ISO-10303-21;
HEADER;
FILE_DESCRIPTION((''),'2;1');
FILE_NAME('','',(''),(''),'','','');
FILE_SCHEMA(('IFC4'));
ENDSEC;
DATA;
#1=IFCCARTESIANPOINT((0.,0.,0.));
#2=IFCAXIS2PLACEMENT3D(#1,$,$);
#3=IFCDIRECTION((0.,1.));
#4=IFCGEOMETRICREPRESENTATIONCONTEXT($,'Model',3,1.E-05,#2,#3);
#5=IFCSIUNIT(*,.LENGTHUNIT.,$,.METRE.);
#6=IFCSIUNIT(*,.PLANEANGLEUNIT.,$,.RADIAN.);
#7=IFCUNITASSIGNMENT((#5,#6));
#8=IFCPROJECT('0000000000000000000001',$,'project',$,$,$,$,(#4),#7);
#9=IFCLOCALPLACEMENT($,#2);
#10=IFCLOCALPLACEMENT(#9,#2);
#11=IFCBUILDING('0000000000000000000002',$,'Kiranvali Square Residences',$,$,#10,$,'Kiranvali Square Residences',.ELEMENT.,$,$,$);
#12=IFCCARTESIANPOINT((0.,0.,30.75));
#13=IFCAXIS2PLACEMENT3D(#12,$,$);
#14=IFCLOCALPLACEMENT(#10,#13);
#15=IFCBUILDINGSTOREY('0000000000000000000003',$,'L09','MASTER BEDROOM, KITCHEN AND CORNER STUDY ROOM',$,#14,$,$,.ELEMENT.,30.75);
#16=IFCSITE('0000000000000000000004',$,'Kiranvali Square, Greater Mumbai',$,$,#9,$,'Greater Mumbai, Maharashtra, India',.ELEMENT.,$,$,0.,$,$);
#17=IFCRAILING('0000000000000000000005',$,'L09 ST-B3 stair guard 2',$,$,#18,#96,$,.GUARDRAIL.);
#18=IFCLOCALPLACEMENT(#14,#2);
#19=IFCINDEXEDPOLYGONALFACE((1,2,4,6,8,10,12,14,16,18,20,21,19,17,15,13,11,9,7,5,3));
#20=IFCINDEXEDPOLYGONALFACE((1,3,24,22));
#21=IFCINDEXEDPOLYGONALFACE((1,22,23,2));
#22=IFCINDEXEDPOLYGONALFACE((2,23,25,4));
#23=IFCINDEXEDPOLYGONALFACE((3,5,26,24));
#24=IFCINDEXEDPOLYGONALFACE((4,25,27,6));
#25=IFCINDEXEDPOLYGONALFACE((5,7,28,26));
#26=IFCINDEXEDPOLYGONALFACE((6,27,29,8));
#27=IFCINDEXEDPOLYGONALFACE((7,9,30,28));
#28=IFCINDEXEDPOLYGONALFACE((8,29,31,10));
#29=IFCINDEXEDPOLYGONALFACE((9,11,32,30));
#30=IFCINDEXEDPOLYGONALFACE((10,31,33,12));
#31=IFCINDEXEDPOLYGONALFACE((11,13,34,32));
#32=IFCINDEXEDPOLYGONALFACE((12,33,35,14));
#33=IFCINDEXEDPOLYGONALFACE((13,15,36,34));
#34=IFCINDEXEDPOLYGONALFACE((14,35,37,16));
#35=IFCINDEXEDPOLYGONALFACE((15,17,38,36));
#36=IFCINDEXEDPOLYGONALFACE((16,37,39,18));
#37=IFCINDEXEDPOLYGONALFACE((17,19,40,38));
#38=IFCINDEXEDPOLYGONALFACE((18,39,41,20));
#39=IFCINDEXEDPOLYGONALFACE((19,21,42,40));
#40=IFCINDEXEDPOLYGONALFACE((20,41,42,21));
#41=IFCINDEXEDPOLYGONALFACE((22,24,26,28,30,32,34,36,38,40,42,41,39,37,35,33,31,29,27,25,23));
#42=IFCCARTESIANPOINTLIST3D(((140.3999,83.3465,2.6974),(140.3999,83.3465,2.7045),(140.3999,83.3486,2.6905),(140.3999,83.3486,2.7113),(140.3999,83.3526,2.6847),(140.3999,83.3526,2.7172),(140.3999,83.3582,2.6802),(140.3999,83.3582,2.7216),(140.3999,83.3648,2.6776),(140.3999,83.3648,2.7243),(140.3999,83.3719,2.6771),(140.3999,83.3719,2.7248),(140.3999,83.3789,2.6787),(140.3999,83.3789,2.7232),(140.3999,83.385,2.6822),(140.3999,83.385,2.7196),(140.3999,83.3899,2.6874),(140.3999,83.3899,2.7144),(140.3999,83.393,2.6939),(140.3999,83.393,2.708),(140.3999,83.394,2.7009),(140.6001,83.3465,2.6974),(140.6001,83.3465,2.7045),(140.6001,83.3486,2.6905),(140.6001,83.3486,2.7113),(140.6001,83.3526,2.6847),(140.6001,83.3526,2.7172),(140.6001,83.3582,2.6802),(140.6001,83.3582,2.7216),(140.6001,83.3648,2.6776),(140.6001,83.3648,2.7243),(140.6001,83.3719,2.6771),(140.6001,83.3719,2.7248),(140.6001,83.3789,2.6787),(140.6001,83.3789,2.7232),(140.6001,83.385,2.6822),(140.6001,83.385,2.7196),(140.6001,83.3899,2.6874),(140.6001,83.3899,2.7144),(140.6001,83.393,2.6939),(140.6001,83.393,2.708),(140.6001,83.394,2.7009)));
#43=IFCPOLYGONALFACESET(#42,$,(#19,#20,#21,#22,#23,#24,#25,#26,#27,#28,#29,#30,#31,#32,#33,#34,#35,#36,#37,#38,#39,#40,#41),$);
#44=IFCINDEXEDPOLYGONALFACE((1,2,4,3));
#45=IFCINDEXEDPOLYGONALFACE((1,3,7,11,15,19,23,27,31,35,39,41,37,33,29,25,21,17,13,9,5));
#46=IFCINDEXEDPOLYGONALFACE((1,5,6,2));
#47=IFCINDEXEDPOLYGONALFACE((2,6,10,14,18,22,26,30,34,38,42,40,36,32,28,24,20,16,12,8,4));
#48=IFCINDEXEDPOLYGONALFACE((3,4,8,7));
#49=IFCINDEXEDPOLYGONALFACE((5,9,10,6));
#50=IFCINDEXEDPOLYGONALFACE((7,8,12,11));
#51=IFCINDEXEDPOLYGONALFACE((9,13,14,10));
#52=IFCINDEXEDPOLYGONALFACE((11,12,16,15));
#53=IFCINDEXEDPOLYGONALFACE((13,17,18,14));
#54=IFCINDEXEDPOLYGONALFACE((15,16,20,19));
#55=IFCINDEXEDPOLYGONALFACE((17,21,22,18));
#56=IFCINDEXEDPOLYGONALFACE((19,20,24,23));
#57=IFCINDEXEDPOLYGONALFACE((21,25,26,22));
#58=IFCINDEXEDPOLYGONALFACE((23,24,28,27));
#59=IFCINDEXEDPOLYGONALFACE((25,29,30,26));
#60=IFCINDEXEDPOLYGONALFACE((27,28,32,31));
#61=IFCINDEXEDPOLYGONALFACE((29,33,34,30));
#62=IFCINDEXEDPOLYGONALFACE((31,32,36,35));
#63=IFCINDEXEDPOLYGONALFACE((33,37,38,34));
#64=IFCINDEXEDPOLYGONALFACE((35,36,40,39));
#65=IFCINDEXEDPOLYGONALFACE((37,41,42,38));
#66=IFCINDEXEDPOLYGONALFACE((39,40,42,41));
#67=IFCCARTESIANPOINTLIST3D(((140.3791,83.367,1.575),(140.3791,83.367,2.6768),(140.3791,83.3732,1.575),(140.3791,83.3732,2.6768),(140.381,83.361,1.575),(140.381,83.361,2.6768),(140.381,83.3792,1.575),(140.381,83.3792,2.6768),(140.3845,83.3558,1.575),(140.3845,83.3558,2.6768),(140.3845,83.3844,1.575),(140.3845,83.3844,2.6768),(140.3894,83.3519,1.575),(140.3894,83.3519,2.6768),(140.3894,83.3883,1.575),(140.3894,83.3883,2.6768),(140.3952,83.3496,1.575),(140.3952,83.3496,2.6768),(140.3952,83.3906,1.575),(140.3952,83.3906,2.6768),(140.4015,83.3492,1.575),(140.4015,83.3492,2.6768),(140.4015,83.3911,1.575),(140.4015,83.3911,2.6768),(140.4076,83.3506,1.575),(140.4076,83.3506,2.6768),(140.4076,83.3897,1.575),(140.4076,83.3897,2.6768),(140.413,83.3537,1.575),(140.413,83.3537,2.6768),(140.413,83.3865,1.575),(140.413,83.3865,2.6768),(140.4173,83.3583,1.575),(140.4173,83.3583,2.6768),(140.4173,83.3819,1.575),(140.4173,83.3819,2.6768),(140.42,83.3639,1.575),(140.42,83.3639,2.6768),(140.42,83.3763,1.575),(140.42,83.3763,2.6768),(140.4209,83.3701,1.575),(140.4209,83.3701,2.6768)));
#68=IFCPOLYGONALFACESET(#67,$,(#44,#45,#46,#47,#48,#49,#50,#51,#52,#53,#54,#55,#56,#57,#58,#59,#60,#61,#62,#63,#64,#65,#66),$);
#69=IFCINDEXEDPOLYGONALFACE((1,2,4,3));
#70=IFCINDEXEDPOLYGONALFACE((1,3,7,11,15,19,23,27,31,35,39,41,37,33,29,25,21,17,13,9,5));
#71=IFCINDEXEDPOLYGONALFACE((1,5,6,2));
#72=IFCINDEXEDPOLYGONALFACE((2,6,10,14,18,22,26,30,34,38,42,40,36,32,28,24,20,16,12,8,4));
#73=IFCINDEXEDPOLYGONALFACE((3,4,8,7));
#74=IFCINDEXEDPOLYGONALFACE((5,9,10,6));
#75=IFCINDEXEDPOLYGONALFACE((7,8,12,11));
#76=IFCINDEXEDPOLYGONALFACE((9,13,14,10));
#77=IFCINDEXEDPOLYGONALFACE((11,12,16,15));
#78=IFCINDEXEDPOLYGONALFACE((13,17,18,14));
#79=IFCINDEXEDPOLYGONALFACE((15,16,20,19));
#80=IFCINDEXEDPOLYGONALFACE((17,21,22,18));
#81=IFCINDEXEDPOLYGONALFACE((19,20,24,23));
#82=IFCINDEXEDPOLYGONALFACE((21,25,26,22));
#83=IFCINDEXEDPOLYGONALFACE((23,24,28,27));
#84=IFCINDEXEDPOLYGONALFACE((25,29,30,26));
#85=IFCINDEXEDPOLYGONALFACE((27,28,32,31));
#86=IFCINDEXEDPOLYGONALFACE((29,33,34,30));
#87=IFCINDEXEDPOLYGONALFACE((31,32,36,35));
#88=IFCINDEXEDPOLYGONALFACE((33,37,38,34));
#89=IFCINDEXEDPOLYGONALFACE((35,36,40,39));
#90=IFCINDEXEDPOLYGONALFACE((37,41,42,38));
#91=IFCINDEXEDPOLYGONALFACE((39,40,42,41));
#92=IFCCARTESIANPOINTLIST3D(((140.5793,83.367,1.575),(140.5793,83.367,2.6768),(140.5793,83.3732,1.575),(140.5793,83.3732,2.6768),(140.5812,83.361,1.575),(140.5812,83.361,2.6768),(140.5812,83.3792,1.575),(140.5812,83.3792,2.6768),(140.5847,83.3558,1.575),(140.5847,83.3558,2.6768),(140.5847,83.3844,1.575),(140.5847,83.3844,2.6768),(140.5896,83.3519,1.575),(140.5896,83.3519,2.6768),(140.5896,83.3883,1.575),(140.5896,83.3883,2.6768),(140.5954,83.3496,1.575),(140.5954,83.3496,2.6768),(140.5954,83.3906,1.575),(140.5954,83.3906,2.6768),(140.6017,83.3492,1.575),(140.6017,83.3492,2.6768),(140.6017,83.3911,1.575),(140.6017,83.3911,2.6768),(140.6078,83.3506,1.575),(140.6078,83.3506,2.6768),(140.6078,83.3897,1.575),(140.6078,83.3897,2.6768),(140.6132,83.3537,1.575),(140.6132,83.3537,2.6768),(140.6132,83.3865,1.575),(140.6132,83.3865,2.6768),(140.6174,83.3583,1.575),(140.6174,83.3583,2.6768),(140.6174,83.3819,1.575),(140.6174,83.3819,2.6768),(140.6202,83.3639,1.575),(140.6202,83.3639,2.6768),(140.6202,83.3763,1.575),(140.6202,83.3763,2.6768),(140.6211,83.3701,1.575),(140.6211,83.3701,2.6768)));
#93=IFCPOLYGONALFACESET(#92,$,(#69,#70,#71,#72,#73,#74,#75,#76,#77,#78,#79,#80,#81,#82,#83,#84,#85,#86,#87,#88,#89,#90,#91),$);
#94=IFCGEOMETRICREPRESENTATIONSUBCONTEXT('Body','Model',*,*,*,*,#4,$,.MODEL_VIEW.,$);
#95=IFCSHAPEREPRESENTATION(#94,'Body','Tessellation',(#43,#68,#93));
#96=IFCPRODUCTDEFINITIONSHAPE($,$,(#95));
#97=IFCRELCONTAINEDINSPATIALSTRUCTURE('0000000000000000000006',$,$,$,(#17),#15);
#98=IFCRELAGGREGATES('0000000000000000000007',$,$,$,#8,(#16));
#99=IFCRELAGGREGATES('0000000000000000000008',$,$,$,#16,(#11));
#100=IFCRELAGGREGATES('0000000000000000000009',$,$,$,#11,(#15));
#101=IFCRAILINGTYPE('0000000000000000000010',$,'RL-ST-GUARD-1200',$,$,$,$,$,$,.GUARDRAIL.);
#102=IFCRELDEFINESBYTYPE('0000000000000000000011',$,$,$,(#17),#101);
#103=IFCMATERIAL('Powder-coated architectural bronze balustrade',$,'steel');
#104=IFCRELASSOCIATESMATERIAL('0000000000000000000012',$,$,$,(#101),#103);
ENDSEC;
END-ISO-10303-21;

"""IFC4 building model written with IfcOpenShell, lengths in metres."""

from ifc_helpers import new_model, si_unit, direction, frame, origin, origin_2d, place, context, subcontext, project, spatial, circle, extrude, material, type_object, element, save


model = new_model("IFC4")

# Units and contexts
model_context = context("Model", 3, precision=1e-05, world=origin(), true_north=direction((0.0, 1.0)))
body_context = subcontext(model_context, "Body", "Model", "MODEL_VIEW")
ifc_project = project(units=[si_unit("LENGTHUNIT", "METRE"), si_unit("PLANEANGLEUNIT", "RADIAN")], contexts=[model_context])

# Site, building, storey
site_placement = place(None, origin())
site = spatial("IfcSite", under=ifc_project, at=site_placement, Name="Kiranvali Square, Greater Mumbai", LongName="Greater Mumbai, Maharashtra, India", CompositionType="ELEMENT", RefElevation=0.0)
building_placement = place(site_placement, origin())
building = spatial("IfcBuilding", under=site, at=building_placement, Name="Kiranvali Square Residences", LongName="Kiranvali Square Residences", CompositionType="ELEMENT")
storey_placement = place(building_placement, frame((0.0, 0.0, 30.75)))
storey = spatial("IfcBuildingStorey", under=building, at=storey_placement, Name="L09", Description="MASTER BEDROOM, KITCHEN AND CORNER STUDY ROOM", CompositionType="ELEMENT", Elevation=30.75)

# Railing
ifc_material_1 = material(Name="Powder-coated architectural bronze balustrade", Category="steel")
railing_type_1 = type_object("IfcRailingType", Name="RL-ST-GUARD-1200", PredefinedType="GUARDRAIL", material=ifc_material_1)
railing_1_placement = place(storey_placement, frame((140.3999, 83.3701, 1.575)))
element("IfcRailing", 1, at=railing_1_placement, inside=storey, type_object=railing_type_1, Name="L09 ST-B3 stair guard 2", PredefinedType="GUARDRAIL", context=body_context, shape_type="SweptSolid", body=[
    extrude(circle(Radius=0.0239, at=origin_2d()), frame((0.0, 0.0, 1.126), z_axis=(1.0, 0.0, 0.0), x_axis=(0.0, 1.0, 0.0)), (0.0, 0.0, 1.0), 0.2002),
    extrude(circle(Radius=0.021, at=origin_2d()), origin(), (0.0, 0.0, 1.0), 1.1018),
    extrude(circle(Radius=0.021, at=origin_2d()), frame((0.2002, 0.0, 0.0)), (0.0, 0.0, 1.0), 1.1018),
])

save(model, "model.ifc")
